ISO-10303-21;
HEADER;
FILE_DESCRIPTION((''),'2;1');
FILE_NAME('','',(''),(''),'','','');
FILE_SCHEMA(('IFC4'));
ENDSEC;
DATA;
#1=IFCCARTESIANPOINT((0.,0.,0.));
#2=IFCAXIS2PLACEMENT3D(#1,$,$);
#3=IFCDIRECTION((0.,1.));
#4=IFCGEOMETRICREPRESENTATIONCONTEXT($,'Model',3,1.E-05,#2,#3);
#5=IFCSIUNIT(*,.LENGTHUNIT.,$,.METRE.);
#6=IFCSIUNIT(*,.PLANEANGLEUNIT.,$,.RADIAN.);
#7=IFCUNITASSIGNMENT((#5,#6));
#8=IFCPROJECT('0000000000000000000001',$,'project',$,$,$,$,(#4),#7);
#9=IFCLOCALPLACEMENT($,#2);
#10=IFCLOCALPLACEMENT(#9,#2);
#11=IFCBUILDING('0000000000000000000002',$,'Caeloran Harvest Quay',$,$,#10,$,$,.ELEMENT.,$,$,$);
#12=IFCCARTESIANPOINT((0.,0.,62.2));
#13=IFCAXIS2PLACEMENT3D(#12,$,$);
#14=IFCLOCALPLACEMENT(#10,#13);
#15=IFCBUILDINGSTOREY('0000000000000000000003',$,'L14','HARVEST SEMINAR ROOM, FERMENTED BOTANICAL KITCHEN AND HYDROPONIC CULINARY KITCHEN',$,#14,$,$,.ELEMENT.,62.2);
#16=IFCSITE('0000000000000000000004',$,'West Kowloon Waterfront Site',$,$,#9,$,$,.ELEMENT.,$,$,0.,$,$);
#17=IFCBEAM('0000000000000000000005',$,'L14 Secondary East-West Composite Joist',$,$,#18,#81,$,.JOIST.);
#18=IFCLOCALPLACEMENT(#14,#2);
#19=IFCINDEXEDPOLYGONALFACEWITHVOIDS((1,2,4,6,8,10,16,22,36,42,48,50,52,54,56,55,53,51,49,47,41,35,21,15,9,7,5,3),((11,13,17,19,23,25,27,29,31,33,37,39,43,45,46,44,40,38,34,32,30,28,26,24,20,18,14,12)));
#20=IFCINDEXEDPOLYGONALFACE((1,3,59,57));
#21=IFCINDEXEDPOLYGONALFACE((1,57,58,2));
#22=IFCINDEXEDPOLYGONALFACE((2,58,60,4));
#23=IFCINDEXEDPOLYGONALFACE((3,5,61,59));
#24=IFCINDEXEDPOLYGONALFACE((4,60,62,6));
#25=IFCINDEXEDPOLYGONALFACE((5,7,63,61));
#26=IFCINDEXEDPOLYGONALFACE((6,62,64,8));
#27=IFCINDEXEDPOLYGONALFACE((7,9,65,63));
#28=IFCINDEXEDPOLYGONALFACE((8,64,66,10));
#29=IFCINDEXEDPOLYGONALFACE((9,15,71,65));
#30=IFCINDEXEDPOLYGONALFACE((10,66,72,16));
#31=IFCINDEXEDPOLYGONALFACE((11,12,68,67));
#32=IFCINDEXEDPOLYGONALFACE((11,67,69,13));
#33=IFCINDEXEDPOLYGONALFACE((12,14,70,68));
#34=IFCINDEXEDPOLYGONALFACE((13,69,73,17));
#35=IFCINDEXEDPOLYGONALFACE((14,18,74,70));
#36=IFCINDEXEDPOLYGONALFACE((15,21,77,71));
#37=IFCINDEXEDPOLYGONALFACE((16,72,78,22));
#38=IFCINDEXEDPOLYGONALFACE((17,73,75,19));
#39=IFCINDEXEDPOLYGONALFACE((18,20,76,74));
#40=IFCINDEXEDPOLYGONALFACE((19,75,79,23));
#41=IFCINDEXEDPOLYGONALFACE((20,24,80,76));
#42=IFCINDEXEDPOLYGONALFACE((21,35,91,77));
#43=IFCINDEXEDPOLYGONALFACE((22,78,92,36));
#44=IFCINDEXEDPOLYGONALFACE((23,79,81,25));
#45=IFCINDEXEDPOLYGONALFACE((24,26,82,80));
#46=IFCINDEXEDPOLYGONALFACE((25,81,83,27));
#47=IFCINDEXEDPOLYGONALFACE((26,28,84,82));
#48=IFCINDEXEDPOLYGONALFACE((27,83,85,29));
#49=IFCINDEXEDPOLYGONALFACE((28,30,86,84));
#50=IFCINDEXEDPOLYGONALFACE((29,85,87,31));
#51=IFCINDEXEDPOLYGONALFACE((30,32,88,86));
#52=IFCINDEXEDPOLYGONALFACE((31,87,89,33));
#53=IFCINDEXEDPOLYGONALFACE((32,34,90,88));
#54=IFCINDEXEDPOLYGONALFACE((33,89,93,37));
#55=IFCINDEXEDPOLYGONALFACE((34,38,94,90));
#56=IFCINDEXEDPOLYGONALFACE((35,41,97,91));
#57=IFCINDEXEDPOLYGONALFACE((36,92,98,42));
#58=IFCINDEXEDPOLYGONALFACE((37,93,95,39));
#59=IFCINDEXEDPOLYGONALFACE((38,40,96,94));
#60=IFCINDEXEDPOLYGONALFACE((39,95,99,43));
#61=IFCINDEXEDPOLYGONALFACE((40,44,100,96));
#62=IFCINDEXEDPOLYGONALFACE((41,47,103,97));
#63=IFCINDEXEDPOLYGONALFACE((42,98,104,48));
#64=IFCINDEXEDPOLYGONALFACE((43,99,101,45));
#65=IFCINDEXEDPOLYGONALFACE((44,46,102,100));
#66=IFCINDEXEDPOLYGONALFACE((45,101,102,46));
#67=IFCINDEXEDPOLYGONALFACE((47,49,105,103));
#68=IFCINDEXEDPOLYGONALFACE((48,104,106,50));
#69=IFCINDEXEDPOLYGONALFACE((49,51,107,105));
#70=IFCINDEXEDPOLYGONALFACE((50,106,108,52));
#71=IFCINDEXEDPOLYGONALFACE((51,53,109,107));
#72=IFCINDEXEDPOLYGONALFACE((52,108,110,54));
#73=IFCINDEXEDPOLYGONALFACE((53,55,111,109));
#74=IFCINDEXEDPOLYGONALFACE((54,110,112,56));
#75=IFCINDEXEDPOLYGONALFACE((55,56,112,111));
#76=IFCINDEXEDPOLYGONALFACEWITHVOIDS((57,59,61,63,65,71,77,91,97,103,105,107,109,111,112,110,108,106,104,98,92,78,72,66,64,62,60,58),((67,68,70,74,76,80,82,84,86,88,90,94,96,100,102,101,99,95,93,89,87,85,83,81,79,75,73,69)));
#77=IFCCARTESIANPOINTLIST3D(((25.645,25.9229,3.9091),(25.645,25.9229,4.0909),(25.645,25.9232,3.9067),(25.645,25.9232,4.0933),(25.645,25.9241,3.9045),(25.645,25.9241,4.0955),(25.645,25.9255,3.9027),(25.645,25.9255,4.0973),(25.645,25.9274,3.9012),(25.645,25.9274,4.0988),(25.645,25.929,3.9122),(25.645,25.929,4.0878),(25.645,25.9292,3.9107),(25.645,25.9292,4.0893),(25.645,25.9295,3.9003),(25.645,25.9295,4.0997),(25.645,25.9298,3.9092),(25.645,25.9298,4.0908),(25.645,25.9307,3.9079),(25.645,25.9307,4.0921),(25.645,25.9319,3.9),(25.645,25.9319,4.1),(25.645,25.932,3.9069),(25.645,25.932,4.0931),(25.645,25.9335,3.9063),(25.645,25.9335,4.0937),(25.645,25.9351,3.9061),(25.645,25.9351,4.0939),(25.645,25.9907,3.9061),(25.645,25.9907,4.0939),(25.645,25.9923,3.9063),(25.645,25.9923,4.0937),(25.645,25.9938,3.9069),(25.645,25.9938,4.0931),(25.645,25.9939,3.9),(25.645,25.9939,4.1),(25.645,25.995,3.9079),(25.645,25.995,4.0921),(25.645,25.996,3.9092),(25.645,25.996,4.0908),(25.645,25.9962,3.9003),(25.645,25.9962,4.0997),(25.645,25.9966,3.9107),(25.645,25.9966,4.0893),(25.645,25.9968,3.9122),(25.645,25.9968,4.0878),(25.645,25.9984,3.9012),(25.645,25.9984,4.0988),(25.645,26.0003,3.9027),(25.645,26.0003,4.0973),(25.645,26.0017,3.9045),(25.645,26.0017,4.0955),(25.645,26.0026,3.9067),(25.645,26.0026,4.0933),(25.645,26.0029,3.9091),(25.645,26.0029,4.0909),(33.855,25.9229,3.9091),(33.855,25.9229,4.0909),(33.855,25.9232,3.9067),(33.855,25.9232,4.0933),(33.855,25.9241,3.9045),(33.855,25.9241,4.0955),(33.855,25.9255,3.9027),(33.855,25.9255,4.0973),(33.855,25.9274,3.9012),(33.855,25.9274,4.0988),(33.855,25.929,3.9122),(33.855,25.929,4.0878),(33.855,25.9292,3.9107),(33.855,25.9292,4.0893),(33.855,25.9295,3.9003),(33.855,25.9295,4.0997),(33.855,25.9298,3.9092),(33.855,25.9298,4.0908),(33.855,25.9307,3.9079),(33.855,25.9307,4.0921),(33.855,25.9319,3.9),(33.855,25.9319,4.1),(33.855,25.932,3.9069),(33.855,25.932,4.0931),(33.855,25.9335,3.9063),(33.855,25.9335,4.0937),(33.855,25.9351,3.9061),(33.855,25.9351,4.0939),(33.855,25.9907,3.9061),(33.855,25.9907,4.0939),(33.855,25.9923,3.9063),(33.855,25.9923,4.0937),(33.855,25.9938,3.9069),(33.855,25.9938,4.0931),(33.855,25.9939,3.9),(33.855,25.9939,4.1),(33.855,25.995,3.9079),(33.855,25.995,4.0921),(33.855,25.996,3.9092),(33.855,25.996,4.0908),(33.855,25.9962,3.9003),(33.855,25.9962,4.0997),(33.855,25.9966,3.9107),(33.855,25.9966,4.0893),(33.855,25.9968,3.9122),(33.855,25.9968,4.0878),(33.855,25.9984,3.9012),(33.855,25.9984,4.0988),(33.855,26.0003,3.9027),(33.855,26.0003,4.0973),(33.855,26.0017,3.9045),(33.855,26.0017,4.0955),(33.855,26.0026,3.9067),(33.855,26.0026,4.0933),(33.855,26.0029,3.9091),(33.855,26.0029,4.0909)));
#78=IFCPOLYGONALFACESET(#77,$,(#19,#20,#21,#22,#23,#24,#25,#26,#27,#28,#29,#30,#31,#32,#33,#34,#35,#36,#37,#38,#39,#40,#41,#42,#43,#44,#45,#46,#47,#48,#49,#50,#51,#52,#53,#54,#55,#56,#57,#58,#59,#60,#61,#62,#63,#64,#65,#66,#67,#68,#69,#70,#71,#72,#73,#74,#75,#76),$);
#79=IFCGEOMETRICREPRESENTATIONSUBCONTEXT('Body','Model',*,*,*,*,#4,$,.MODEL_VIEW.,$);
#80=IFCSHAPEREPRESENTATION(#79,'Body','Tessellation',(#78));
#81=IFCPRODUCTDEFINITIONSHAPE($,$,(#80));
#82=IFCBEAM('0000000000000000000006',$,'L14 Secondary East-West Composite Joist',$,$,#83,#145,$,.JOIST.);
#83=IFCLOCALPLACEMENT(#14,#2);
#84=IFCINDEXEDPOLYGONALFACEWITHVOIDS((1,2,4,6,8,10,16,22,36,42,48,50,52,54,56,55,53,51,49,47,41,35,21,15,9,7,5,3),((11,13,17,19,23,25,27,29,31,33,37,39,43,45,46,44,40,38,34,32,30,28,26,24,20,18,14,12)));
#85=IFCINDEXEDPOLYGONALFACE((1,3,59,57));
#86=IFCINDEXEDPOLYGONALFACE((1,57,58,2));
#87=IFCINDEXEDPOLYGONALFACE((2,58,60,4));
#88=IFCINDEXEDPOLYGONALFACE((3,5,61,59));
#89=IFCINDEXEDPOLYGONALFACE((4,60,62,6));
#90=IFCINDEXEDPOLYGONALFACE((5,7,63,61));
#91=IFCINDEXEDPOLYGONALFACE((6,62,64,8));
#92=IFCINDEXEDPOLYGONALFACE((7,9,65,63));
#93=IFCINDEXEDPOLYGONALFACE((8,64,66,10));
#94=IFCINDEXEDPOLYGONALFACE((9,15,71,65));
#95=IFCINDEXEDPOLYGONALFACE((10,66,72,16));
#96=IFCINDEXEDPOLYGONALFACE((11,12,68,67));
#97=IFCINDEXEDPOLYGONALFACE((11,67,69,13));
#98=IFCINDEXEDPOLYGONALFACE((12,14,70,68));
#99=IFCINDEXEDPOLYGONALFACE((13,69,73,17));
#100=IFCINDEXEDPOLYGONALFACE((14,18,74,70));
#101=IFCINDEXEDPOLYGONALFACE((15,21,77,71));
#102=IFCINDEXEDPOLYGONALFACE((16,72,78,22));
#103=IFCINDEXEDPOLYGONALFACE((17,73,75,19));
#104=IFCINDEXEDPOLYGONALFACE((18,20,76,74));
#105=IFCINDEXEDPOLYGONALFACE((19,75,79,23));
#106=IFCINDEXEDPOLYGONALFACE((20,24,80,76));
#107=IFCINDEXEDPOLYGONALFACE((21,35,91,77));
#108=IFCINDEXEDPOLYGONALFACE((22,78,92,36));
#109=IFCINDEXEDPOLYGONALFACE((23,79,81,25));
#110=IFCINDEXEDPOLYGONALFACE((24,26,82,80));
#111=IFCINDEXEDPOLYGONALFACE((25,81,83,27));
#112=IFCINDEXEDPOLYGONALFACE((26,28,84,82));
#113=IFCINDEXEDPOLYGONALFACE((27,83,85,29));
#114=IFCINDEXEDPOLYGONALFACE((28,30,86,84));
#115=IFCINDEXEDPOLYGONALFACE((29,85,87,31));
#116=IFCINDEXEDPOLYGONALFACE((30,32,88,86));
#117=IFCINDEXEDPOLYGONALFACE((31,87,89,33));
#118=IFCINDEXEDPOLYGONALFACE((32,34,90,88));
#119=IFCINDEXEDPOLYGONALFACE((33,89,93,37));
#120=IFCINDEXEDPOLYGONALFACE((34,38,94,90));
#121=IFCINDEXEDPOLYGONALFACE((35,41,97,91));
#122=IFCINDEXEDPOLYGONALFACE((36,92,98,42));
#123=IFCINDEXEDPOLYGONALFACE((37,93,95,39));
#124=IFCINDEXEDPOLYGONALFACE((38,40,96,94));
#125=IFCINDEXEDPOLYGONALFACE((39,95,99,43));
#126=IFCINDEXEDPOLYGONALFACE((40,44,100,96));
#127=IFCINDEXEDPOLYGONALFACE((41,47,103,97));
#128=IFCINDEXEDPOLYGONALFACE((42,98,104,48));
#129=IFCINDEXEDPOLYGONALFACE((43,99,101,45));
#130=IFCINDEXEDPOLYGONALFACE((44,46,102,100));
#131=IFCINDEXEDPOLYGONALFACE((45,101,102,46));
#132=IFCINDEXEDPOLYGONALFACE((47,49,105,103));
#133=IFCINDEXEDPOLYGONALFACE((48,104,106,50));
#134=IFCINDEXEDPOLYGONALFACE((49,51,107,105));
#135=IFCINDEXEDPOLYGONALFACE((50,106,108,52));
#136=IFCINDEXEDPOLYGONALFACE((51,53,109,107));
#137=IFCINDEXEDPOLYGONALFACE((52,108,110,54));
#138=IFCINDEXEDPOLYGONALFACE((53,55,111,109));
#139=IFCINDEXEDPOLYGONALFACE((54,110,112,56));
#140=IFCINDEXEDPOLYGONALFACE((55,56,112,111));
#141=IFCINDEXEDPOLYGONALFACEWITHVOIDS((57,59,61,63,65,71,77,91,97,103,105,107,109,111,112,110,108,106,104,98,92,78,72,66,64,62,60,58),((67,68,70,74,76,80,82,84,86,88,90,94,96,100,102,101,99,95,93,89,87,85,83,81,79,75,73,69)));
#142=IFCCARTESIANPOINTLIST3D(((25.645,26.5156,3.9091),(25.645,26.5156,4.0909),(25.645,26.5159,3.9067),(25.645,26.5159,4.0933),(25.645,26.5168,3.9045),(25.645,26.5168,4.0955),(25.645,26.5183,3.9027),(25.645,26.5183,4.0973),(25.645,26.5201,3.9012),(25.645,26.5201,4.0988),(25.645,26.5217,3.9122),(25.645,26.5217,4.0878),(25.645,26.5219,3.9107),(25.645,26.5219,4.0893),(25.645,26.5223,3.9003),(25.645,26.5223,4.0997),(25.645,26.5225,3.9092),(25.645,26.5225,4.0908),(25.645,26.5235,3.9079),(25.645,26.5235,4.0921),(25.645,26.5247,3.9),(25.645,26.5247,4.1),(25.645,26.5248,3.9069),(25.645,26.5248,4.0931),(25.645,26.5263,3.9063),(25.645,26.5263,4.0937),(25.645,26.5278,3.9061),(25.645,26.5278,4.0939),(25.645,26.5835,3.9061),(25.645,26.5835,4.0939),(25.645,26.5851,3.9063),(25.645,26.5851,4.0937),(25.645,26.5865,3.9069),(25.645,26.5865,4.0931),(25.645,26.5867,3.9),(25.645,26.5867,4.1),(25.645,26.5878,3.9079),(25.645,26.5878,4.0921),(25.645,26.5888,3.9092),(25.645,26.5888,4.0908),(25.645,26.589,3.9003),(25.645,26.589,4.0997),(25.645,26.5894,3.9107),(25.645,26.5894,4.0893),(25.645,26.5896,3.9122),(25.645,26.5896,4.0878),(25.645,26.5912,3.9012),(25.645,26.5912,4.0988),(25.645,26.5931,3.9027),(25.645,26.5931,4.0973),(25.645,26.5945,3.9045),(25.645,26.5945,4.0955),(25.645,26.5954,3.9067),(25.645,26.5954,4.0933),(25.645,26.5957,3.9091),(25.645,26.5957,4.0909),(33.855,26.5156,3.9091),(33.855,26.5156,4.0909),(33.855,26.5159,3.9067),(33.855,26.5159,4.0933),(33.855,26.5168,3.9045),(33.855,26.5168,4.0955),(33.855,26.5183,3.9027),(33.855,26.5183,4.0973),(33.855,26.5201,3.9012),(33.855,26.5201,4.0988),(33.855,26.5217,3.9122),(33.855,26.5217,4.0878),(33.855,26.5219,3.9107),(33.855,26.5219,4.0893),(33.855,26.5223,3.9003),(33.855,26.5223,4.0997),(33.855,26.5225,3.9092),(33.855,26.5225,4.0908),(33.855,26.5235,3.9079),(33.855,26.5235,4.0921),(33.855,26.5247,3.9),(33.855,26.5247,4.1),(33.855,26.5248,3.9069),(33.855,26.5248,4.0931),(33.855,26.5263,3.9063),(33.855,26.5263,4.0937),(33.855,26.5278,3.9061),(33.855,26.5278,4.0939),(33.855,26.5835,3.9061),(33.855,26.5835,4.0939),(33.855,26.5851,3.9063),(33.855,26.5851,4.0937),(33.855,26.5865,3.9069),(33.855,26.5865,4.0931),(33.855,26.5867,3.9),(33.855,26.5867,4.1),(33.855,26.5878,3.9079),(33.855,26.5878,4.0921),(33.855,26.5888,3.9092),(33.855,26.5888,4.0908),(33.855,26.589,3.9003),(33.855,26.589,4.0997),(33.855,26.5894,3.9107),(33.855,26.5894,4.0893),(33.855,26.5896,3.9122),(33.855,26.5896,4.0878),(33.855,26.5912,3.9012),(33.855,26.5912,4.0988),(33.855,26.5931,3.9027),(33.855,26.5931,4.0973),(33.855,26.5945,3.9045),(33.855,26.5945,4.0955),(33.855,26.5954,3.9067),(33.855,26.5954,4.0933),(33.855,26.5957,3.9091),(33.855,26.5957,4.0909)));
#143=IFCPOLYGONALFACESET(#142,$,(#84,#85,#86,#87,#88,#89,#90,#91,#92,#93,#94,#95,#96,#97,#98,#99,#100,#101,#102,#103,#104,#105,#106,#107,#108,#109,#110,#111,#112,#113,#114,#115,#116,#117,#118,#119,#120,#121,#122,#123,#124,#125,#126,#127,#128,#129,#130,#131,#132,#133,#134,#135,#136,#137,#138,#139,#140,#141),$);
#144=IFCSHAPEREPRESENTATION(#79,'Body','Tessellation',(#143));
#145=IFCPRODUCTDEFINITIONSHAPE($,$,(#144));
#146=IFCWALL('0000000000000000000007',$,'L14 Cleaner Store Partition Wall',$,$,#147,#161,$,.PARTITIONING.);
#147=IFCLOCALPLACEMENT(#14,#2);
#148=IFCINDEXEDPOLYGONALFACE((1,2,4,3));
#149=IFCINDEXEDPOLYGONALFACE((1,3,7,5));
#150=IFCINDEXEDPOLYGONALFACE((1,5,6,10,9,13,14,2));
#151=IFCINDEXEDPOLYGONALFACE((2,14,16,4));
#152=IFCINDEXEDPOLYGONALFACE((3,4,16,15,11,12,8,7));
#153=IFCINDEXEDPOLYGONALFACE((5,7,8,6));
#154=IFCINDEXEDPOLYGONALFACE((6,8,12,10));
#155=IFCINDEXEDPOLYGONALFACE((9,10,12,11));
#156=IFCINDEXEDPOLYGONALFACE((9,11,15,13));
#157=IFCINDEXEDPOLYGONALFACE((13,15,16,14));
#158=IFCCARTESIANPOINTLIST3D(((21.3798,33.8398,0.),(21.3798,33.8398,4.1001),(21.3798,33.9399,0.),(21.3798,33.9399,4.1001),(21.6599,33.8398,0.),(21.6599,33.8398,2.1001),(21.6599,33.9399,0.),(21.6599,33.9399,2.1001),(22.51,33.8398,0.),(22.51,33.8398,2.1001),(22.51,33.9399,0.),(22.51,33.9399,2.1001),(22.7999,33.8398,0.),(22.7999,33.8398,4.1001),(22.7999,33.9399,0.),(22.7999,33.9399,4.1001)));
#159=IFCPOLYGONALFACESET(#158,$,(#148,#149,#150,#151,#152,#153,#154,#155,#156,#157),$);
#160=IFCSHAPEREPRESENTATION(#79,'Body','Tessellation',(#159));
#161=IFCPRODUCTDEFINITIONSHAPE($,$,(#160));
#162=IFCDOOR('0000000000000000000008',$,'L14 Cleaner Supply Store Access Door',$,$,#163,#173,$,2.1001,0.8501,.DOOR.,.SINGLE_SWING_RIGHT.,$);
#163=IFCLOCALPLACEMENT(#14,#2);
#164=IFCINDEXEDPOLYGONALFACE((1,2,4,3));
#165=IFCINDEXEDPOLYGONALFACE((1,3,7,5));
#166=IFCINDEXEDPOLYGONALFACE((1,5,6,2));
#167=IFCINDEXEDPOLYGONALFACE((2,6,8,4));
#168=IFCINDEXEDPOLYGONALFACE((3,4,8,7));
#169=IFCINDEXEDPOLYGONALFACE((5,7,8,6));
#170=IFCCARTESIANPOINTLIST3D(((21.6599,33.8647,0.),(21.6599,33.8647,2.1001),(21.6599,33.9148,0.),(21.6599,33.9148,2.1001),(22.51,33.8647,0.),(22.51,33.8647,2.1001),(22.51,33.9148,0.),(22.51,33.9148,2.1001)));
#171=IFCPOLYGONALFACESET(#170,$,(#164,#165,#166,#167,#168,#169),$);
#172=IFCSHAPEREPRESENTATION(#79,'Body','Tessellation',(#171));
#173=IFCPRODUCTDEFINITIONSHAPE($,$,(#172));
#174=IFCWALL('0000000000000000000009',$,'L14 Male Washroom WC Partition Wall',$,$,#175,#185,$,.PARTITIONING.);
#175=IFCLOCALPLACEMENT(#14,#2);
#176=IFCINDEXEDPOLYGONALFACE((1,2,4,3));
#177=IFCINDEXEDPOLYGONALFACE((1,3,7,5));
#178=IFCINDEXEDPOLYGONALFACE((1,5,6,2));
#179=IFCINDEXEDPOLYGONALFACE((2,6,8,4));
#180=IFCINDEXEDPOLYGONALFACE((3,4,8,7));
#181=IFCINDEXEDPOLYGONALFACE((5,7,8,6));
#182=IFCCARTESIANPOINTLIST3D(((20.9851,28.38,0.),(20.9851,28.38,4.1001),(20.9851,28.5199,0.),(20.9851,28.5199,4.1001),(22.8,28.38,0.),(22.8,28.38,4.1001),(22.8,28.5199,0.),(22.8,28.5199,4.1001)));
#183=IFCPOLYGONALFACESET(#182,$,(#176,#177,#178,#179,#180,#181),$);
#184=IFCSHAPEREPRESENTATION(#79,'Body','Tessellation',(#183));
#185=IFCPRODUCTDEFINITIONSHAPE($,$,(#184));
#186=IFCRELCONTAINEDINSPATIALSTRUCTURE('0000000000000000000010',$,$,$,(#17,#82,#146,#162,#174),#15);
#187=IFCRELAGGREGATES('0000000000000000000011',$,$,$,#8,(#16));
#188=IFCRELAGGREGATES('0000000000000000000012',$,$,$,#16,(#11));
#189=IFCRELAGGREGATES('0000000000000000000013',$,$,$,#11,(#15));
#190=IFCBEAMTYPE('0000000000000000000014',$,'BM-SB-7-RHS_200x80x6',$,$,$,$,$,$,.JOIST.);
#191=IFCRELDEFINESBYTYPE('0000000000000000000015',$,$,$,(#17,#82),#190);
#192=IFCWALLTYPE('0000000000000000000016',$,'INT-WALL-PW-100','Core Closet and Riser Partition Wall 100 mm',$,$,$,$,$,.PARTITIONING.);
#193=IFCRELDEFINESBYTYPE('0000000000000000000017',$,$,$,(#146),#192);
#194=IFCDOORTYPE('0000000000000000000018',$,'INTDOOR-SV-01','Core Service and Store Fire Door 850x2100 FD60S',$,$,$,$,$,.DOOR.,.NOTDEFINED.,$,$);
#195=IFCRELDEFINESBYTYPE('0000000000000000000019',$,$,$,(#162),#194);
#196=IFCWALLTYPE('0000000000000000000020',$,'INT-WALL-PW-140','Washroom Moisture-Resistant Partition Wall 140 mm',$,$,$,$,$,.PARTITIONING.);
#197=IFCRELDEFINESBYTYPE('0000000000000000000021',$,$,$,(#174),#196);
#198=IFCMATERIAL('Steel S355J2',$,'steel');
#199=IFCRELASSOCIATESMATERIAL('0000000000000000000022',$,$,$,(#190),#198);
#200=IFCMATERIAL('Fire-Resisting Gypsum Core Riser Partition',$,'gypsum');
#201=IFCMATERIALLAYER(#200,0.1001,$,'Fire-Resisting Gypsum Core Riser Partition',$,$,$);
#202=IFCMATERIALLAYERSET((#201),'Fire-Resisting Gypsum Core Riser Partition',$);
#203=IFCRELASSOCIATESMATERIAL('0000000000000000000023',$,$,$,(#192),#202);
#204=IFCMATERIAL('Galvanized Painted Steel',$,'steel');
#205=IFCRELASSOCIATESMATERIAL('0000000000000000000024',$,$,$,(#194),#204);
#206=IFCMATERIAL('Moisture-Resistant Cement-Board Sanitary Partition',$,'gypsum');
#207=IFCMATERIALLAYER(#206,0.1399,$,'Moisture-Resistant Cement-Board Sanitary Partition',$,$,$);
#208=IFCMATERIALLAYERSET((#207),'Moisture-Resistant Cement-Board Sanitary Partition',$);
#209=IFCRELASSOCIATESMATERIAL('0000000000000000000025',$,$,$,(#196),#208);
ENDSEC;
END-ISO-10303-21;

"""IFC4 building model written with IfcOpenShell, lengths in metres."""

from ifc_helpers import new_model, si_unit, direction, frame, frame_2d, origin, origin_2d, place, context, subcontext, project, spatial, rectangle, hollow_rectangle, extrude, material, layer, layer_set, material_profile, profile_set, type_object, element, fill, save


model = new_model("IFC4")

# Units and contexts
model_context = context("Model", 3, precision=1e-05, world=origin(), true_north=direction((0.0, 1.0)))
body_context = subcontext(model_context, "Body", "Model", "MODEL_VIEW")
ifc_project = project(units=[si_unit("LENGTHUNIT", "METRE"), si_unit("PLANEANGLEUNIT", "RADIAN")], contexts=[model_context])

# Site, building, storey
site_placement = place(None, origin())
site = spatial("IfcSite", under=ifc_project, at=site_placement, Name="West Kowloon Waterfront Site", CompositionType="ELEMENT", RefElevation=0.0)
building_placement = place(site_placement, origin())
building = spatial("IfcBuilding", under=site, at=building_placement, Name="Caeloran Harvest Quay", CompositionType="ELEMENT")
storey_placement = place(building_placement, frame((0.0, 0.0, 62.2)))
storey = spatial("IfcBuildingStorey", under=building, at=storey_placement, Name="L14", Description="HARVEST SEMINAR ROOM, FERMENTED BOTANICAL KITCHEN AND HYDROPONIC CULINARY KITCHEN", CompositionType="ELEMENT", Elevation=62.2)

# Beams
ifc_material_1 = material(Name="Steel S355J2", Category="steel")
ifc_material_profile_1 = material_profile(ifc_material_1, hollow_rectangle(XDim=0.0801, YDim=0.2, WallThickness=0.0061, InnerFilletRadius=0.0061, OuterFilletRadius=0.009, at=origin_2d()), Name="RHS 200x80x6")
ifc_profile_set_1 = profile_set([ifc_material_profile_1], Name="Steel S355J2")
beam_type_1 = type_object("IfcBeamType", Name="BM-SB-7-RHS_200x80x6", PredefinedType="JOIST", material=ifc_profile_set_1)
for number, where, z_axis, x_axis, name in (
    (1, (25.645, 25.9629, 4.0), (1.0, 0.0, 0.0), (0.0, 1.0, 0.0), "L14 Secondary East-West Composite Joist"),
    (2, (25.645, 26.5557, 4.0), (1.0, 0.0, 0.0), (0.0, 1.0, 0.0), "L14 Secondary East-West Composite Joist"),
):
    element("IfcBeam", number, at=place(storey_placement, frame(where, z_axis=z_axis, x_axis=x_axis)), inside=storey, type_object=beam_type_1, Name=name, PredefinedType="JOIST", context=body_context, shape_type="SweptSolid", body=[
        extrude(hollow_rectangle(XDim=0.0801, YDim=0.2, WallThickness=0.0061, InnerFilletRadius=0.0061, OuterFilletRadius=0.009, at=origin_2d()), origin(), (0.0, 0.0, 1.0), 8.21),
    ])

# Wall, opening, door
ifc_material_2 = material(Name="Fire-Resisting Gypsum Core Riser Partition", Category="gypsum")
ifc_layer_1 = layer(ifc_material_2, 0.1001, Name="Fire-Resisting Gypsum Core Riser Partition")
ifc_layer_set_1 = layer_set([ifc_layer_1], Name="Fire-Resisting Gypsum Core Riser Partition")
wall_type_1 = type_object("IfcWallType", Name="INT-WALL-PW-100", Description="Core Closet and Riser Partition Wall 100 mm", PredefinedType="PARTITIONING", material=ifc_layer_set_1)
wall_1_placement = place(storey_placement, frame((21.3799, 33.8899, 0.0), z_axis=(0.0, 0.0, 1.0), x_axis=(1.0, 0.0, 0.0)))
wall_1 = element("IfcWall", 3, at=wall_1_placement, inside=storey, type_object=wall_type_1, Name="L14 Cleaner Store Partition Wall", PredefinedType="PARTITIONING", context=body_context, shape_type="SweptSolid", body=[
    extrude(rectangle(XDim=1.4202, YDim=0.1001, at=frame_2d((0.71, 0.0))), origin(), (0.0, 0.0, 1.0), 4.1001),
])
opening_1_placement = place(wall_1_placement, frame((0.28, 0.0, 0.0)))
opening_1 = element("IfcOpeningElement", 4, at=opening_1_placement, cuts=wall_1, PredefinedType="OPENING", context=body_context, shape_type="SweptSolid", body=[
    extrude(rectangle(XDim=0.8501, YDim=2.1001, at=frame_2d((0.425, 1.05))), frame((0.0, 0.0601, 0.0), z_axis=(0.0, -1.0, 0.0), x_axis=(1.0, 0.0, 0.0)), (0.0, 0.0, 1.0), 0.1201),
])
ifc_material_3 = material(Name="Galvanized Painted Steel", Category="steel")
door_type_1 = type_object("IfcDoorType", Name="INTDOOR-SV-01", Description="Core Service and Store Fire Door 850x2100 FD60S", OperationType="NOTDEFINED", PredefinedType="DOOR", material=ifc_material_3)
door_1_placement = place(opening_1_placement, origin())
door_1 = element("IfcDoor", 5, at=door_1_placement, inside=storey, type_object=door_type_1, Name="L14 Cleaner Supply Store Access Door", OperationType="SINGLE_SWING_RIGHT", OverallHeight=2.1001, OverallWidth=0.8501, PredefinedType="DOOR", context=body_context, shape_type="SweptSolid", body=[
    extrude(rectangle(XDim=0.8501, YDim=2.1001, at=frame_2d((0.425, 1.05))), frame((0.0, 0.0249, 0.0), z_axis=(0.0, -1.0, 0.0), x_axis=(1.0, 0.0, 0.0)), (0.0, 0.0, 1.0), 0.05),
])
fill(opening_1, door_1)

# Wall
ifc_material_4 = material(Name="Moisture-Resistant Cement-Board Sanitary Partition", Category="gypsum")
ifc_layer_2 = layer(ifc_material_4, 0.1399, Name="Moisture-Resistant Cement-Board Sanitary Partition")
ifc_layer_set_2 = layer_set([ifc_layer_2], Name="Moisture-Resistant Cement-Board Sanitary Partition")
wall_type_2 = type_object("IfcWallType", Name="INT-WALL-PW-140", Description="Washroom Moisture-Resistant Partition Wall 140 mm", PredefinedType="PARTITIONING", material=ifc_layer_set_2)
wall_2_placement = place(storey_placement, frame((20.9851, 28.45, 0.0), z_axis=(0.0, 0.0, 1.0), x_axis=(1.0, 0.0, 0.0)))
element("IfcWall", 6, at=wall_2_placement, inside=storey, type_object=wall_type_2, Name="L14 Male Washroom WC Partition Wall", PredefinedType="PARTITIONING", context=body_context, shape_type="SweptSolid", body=[
    extrude(rectangle(XDim=1.8149, YDim=0.1399, at=frame_2d((0.9075, 0.0))), origin(), (0.0, 0.0, 1.0), 4.1001),
])

save(model, "model.ifc")
